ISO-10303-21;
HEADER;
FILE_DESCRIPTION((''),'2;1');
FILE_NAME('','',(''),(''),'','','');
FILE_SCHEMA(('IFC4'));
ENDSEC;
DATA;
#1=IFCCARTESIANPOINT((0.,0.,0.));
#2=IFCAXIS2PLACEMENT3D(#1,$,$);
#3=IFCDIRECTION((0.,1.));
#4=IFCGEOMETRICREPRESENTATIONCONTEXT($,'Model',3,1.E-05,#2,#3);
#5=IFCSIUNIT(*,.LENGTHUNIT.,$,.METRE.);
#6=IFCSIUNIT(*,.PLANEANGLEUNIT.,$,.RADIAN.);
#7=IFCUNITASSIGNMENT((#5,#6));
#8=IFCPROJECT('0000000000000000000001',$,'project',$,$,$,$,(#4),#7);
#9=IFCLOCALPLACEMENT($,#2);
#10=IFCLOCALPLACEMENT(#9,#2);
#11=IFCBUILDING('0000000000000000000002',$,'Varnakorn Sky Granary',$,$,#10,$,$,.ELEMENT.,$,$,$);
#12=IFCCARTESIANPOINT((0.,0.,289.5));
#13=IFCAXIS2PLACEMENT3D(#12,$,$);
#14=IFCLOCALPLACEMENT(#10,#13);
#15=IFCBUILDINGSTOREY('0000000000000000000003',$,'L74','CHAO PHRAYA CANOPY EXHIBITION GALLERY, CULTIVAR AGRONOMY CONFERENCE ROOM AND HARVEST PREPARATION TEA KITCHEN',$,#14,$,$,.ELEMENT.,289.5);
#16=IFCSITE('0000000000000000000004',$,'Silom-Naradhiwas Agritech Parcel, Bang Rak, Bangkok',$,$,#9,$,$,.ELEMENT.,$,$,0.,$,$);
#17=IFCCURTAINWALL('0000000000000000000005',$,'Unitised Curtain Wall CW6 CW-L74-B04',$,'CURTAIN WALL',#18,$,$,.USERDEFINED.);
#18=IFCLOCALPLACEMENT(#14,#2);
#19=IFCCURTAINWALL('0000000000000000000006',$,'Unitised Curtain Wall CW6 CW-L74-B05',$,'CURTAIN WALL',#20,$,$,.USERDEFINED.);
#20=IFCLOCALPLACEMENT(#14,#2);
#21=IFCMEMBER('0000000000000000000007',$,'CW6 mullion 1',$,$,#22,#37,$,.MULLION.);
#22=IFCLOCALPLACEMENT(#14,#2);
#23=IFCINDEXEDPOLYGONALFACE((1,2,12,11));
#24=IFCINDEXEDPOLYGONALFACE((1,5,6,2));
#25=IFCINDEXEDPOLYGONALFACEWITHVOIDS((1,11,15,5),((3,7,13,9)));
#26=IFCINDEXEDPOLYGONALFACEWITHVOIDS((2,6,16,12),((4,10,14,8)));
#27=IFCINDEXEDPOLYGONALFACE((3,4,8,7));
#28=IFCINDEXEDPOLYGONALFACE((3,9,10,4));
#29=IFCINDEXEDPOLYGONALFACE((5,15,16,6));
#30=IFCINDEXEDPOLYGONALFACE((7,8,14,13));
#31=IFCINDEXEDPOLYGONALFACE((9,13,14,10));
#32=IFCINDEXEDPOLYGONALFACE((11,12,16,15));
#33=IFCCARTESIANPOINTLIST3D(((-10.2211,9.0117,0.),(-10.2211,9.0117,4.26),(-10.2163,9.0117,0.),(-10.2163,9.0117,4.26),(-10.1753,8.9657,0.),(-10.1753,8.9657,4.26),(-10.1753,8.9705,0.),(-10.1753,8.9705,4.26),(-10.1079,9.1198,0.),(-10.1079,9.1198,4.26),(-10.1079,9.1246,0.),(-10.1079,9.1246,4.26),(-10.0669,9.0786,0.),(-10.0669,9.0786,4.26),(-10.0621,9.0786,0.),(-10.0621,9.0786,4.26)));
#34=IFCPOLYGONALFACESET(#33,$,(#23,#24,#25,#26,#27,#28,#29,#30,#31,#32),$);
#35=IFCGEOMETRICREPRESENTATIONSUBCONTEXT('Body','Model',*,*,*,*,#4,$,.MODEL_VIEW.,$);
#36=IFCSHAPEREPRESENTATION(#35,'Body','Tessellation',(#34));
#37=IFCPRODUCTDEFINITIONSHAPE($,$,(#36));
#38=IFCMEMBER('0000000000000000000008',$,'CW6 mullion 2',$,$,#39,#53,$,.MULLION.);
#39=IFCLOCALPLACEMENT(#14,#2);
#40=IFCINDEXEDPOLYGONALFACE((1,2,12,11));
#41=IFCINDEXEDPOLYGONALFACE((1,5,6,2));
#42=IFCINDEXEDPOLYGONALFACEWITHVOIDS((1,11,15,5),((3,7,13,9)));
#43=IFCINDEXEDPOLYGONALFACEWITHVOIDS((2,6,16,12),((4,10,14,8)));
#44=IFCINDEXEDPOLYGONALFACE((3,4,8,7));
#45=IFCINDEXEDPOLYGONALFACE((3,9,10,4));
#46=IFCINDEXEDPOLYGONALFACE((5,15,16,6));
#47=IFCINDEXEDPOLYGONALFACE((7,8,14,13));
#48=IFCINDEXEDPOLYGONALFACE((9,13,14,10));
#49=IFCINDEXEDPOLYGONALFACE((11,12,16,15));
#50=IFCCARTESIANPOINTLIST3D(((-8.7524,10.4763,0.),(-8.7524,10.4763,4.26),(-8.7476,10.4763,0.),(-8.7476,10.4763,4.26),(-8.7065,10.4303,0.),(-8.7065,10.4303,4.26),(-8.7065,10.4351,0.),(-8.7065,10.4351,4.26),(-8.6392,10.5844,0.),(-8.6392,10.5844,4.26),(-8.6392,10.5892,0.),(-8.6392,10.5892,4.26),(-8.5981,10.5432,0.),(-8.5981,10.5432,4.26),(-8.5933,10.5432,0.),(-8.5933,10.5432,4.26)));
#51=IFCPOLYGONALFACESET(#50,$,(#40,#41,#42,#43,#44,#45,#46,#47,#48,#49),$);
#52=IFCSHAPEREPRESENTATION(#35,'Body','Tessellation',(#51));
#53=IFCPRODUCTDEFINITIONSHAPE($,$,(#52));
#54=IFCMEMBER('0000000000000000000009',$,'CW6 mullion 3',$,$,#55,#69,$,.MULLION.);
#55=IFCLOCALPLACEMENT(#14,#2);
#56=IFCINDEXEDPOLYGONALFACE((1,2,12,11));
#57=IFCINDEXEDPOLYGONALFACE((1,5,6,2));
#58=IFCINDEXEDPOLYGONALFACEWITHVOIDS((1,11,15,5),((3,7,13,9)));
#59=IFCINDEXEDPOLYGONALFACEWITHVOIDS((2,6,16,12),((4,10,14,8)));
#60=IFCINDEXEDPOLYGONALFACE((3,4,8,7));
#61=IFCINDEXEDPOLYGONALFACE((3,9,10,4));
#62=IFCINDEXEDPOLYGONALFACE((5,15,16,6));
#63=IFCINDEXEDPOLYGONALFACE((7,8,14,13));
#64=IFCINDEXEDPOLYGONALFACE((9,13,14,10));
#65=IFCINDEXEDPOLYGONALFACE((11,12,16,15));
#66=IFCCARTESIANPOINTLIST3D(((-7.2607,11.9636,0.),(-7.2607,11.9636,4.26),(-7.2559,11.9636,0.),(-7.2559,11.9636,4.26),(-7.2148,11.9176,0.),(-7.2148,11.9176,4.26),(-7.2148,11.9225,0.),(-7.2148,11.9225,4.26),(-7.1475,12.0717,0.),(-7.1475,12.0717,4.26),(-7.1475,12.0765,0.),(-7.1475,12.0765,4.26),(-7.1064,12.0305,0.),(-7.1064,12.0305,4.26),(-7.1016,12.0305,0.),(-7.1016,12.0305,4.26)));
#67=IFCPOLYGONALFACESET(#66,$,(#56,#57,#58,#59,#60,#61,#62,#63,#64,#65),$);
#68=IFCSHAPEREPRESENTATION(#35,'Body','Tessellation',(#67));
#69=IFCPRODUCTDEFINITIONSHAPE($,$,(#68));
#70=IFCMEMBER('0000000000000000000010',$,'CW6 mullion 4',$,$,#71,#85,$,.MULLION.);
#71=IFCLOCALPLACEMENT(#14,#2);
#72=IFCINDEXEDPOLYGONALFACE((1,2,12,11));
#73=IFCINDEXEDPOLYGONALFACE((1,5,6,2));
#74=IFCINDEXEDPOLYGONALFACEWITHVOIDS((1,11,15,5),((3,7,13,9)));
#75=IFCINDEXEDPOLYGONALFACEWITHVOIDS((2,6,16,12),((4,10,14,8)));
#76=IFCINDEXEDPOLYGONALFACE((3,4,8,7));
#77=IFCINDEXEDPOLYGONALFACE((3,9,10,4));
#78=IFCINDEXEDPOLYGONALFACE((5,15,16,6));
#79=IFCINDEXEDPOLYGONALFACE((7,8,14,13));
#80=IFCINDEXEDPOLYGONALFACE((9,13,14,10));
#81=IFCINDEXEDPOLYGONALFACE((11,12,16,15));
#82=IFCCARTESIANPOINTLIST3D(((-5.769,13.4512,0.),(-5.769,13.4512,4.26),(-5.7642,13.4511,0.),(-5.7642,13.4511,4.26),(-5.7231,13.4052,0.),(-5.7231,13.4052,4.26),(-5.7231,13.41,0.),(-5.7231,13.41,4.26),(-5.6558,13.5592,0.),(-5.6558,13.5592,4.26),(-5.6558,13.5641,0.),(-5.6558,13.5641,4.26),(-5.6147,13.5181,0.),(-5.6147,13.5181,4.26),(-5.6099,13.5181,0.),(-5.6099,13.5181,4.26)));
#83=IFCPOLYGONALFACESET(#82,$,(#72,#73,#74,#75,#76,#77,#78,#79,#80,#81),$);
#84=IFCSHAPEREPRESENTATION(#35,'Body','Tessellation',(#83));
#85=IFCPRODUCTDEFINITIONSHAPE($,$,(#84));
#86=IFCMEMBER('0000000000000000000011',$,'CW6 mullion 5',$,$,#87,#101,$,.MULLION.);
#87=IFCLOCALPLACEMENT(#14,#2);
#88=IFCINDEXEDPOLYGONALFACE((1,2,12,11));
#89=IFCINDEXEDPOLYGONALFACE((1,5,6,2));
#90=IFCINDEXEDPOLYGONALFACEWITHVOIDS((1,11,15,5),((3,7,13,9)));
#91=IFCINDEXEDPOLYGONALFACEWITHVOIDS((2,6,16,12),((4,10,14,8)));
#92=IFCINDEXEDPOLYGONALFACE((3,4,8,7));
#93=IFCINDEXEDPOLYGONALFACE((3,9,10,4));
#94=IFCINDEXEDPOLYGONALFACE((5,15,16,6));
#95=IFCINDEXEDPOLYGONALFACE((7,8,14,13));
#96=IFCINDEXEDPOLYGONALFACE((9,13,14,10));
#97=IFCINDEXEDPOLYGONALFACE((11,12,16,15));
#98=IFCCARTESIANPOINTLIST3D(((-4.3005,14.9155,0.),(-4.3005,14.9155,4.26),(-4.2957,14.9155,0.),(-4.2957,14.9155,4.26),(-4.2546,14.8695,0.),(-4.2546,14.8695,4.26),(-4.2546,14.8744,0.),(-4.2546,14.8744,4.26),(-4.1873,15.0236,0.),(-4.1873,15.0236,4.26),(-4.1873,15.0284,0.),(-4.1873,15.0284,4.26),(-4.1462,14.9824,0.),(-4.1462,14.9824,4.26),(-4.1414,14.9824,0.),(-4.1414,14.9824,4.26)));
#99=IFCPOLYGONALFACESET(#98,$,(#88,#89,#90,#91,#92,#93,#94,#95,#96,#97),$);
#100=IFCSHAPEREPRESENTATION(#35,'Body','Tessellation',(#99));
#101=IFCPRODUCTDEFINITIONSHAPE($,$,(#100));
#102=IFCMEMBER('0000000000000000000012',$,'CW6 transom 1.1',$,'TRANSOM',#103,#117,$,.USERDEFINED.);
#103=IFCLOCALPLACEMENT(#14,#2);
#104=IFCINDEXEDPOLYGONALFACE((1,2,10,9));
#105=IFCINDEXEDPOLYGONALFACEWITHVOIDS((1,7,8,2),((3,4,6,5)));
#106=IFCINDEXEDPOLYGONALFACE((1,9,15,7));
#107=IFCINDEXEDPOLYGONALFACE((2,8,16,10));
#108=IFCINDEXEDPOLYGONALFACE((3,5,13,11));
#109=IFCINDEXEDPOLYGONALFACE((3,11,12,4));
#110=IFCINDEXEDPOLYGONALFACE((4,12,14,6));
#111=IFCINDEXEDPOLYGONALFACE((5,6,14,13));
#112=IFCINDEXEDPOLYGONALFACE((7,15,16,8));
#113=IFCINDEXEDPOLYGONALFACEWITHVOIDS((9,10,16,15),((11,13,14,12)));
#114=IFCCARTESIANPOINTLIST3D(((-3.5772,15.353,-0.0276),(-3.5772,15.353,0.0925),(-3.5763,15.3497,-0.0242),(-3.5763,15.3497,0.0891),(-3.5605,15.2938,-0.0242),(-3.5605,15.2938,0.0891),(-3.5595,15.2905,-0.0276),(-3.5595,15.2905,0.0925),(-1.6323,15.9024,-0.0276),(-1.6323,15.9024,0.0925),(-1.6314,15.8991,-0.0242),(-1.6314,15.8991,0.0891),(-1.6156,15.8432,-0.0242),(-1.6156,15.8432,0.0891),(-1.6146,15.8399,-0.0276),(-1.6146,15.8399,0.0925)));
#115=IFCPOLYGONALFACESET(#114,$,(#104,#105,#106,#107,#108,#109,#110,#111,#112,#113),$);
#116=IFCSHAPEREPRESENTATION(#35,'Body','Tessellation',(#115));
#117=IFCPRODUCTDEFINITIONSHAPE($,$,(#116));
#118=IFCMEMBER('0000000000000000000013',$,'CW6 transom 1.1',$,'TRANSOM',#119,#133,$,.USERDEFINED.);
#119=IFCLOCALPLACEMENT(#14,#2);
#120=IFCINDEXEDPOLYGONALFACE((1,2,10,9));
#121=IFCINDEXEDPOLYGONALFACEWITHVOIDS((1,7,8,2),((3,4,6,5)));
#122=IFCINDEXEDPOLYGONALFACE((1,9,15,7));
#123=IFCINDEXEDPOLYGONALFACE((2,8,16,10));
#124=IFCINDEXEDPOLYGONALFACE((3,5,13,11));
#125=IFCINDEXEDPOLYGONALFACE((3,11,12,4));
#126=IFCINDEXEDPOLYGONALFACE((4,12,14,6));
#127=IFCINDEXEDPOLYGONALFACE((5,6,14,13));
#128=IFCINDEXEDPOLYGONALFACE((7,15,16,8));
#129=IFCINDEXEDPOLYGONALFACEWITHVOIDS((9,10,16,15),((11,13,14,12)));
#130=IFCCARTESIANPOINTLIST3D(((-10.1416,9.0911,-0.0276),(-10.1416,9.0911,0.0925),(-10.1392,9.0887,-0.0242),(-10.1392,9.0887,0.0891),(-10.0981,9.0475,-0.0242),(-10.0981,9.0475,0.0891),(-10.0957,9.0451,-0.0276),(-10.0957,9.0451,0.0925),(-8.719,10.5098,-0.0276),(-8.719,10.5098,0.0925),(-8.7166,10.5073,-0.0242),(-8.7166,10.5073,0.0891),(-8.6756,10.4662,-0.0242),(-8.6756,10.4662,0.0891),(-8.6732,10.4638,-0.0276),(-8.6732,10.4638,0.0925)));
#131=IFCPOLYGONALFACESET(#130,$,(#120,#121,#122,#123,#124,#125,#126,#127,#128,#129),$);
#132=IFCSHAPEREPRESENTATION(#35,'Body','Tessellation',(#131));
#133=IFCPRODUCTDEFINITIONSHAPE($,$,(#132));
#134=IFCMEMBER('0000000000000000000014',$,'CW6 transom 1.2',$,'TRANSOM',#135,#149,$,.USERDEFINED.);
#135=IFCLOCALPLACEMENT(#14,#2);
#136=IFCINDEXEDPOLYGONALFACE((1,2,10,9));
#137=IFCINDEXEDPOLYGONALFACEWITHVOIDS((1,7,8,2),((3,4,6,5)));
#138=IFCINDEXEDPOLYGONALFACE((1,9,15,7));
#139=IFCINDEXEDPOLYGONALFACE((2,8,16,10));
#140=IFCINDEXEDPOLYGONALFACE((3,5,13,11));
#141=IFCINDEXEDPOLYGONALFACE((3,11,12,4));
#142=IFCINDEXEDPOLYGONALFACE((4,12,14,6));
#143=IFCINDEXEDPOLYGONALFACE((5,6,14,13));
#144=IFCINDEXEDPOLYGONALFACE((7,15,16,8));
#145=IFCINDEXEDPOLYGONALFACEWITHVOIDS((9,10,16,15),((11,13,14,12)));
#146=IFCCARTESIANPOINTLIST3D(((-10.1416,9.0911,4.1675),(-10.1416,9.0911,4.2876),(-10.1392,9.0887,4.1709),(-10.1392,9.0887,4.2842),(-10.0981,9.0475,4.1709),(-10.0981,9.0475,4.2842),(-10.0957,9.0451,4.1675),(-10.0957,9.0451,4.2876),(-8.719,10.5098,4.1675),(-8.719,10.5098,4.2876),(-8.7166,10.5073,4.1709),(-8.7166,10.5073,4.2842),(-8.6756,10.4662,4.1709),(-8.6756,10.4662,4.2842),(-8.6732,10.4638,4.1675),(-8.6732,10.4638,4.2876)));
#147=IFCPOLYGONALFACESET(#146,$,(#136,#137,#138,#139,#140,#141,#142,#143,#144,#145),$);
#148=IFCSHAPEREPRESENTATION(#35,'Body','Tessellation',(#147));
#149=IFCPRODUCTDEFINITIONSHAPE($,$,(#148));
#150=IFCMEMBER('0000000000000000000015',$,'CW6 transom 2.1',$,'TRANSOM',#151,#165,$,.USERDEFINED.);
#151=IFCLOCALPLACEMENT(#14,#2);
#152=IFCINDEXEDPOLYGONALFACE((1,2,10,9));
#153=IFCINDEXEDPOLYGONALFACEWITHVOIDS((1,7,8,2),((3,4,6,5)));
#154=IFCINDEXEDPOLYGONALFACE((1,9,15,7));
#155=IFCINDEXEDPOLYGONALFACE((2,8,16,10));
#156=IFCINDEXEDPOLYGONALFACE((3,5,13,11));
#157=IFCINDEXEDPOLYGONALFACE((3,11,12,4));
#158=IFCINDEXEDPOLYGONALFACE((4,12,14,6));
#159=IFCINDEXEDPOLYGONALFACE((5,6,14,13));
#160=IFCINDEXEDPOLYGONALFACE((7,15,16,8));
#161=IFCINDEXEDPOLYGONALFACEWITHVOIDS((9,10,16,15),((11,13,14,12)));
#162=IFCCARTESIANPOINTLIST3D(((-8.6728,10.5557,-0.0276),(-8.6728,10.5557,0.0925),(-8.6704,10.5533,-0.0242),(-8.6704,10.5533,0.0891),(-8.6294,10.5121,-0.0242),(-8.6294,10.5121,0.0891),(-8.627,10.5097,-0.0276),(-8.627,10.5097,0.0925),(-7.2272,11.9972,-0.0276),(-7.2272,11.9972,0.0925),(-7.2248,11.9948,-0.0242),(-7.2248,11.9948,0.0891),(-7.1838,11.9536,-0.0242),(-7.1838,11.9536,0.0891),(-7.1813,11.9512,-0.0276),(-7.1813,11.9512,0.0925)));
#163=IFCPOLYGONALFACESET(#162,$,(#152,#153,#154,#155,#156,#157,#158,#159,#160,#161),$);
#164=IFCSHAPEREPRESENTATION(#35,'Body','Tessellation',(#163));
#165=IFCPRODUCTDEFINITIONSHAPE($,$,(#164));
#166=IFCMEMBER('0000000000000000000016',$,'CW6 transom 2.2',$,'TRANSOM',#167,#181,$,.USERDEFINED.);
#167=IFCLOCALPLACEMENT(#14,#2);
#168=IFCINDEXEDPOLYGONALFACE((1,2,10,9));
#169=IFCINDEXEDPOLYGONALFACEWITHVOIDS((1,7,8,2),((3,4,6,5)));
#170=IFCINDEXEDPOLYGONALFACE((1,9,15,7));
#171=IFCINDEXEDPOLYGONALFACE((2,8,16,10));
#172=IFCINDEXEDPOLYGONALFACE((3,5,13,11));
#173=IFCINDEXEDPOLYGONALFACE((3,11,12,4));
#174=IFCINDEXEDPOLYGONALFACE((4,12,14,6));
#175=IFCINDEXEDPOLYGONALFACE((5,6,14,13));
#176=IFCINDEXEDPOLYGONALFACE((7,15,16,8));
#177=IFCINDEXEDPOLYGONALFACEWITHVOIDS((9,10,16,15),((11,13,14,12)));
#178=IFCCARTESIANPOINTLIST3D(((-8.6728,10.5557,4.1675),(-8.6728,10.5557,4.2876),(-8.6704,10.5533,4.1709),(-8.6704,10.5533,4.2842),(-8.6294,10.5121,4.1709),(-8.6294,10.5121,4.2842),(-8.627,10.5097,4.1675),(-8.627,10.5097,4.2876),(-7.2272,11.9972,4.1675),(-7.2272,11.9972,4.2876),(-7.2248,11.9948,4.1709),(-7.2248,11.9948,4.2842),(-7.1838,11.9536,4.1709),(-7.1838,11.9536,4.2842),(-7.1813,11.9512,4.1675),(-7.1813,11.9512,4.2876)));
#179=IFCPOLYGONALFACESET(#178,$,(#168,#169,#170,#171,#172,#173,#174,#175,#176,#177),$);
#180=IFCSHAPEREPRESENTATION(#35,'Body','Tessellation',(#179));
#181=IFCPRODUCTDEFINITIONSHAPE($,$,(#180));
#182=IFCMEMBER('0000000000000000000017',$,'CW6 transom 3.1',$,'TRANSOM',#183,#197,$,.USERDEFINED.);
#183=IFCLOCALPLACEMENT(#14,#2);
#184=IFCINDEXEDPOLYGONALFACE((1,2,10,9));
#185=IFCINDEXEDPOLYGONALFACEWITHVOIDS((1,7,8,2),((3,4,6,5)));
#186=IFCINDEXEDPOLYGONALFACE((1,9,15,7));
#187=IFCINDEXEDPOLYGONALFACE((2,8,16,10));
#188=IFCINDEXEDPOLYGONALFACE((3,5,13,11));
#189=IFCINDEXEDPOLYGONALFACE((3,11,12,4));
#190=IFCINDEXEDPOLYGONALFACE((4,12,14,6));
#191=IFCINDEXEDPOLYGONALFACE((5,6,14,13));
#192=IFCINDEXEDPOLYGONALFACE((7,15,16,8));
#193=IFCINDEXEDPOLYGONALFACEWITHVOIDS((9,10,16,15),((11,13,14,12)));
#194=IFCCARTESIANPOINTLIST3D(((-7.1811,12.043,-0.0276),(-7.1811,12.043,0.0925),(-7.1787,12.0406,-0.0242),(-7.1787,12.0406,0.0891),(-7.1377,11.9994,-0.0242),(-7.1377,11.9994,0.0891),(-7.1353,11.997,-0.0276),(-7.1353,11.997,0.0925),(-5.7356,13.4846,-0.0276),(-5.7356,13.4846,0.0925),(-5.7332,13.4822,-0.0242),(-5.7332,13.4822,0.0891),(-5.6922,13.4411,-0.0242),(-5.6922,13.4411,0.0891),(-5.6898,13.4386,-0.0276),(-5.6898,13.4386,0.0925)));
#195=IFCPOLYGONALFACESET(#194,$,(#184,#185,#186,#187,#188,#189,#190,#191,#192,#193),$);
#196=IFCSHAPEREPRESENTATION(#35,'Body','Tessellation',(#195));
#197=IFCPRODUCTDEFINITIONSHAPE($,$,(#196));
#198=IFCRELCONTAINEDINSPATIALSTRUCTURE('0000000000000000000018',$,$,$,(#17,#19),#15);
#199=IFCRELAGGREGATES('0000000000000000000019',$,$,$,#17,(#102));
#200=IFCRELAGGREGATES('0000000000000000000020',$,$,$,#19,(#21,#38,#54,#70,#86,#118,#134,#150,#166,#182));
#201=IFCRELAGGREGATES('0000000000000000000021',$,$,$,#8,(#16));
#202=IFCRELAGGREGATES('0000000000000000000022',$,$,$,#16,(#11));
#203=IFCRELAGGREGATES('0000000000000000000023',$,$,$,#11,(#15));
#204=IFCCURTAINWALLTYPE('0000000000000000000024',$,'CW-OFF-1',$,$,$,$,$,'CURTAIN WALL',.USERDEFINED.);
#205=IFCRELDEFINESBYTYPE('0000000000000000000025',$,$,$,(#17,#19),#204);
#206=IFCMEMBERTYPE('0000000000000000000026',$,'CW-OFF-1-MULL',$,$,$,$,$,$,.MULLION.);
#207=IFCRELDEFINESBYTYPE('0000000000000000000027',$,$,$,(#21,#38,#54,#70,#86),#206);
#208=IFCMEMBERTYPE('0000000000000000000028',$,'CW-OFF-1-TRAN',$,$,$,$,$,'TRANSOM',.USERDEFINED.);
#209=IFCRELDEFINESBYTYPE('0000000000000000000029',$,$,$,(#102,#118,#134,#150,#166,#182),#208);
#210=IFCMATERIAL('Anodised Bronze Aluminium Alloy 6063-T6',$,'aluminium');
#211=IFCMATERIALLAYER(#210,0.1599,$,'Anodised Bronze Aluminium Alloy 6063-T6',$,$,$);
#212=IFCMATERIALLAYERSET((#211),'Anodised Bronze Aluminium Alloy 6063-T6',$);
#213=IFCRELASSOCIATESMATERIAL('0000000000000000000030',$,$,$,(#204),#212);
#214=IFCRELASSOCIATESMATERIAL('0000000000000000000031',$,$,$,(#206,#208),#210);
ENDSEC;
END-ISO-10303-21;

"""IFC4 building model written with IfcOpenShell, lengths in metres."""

from ifc_helpers import new_model, si_unit, direction, frame, origin, origin_2d, place, context, subcontext, project, spatial, hollow_rectangle, extrude, material, layer, layer_set, material_profile, profile_set, type_object, element, aggregate, save


model = new_model("IFC4")

# Units and contexts
model_context = context("Model", 3, precision=1e-05, world=origin(), true_north=direction((0.0, 1.0)))
body_context = subcontext(model_context, "Body", "Model", "MODEL_VIEW")
ifc_project = project(units=[si_unit("LENGTHUNIT", "METRE"), si_unit("PLANEANGLEUNIT", "RADIAN")], contexts=[model_context])

# Site, building, storey
site_placement = place(None, origin())
site = spatial("IfcSite", under=ifc_project, at=site_placement, Name="Silom-Naradhiwas Agritech Parcel, Bang Rak, Bangkok", CompositionType="ELEMENT", RefElevation=0.0)
building_placement = place(site_placement, origin())
building = spatial("IfcBuilding", under=site, at=building_placement, Name="Varnakorn Sky Granary", CompositionType="ELEMENT")
storey_placement = place(building_placement, frame((0.0, 0.0, 289.5)))
storey = spatial("IfcBuildingStorey", under=building, at=storey_placement, Name="L74", Description="CHAO PHRAYA CANOPY EXHIBITION GALLERY, CULTIVAR AGRONOMY CONFERENCE ROOM AND HARVEST PREPARATION TEA KITCHEN", CompositionType="ELEMENT", Elevation=289.5)

# Curtain wall
ifc_material_1 = material(Name="Anodised Bronze Aluminium Alloy 6063-T6", Category="aluminium")
ifc_layer_1 = layer(ifc_material_1, 0.1599, Name="Anodised Bronze Aluminium Alloy 6063-T6")
ifc_layer_set_1 = layer_set([ifc_layer_1], Name="Anodised Bronze Aluminium Alloy 6063-T6")
curtain_wall_type = type_object("IfcCurtainWallType", Name="CW-OFF-1", ElementType="CURTAIN WALL", PredefinedType="USERDEFINED", material=ifc_layer_set_1)
curtain_wall_1_placement = place(storey_placement, origin())
curtain_wall_1 = element("IfcCurtainWall", 1, at=curtain_wall_1_placement, inside=storey, type_object=curtain_wall_type, Name="Unitised Curtain Wall CW6 CW-L74-B04", ObjectType="CURTAIN WALL", PredefinedType="USERDEFINED")
ifc_material_profile_1 = material_profile(ifc_material_1, hollow_rectangle(XDim=0.0649, YDim=0.1599, WallThickness=0.0034, at=origin_2d()), Name="ALU MULL 65x160")
ifc_profile_set_1 = profile_set([ifc_material_profile_1], Name="Anodised Bronze Aluminium Alloy 6063-T6")
member_type_1 = type_object("IfcMemberType", Name="CW-OFF-1-MULL", PredefinedType="MULLION", material=ifc_profile_set_1)

# Curtain wall, members
curtain_wall_2_placement = place(storey_placement, origin())
curtain_wall_2 = element("IfcCurtainWall", 2, at=curtain_wall_2_placement, inside=storey, type_object=curtain_wall_type, Name="Unitised Curtain Wall CW6 CW-L74-B05", ObjectType="CURTAIN WALL", PredefinedType="USERDEFINED")
member_1_placement = place(storey_placement, frame((-10.1416, 9.0452, 0.0), z_axis=(0.0, 0.0, 1.0), x_axis=(-0.706103, 0.708109, 0.0)))
member_1 = element("IfcMember", 3, at=member_1_placement, type_object=member_type_1, Name="CW6 mullion 1", PredefinedType="MULLION", context=body_context, shape_type="SweptSolid", body=[
    extrude(hollow_rectangle(XDim=0.0649, YDim=0.1599, WallThickness=0.0034, at=origin_2d()), origin(), (0.0, 0.0, 1.0), 4.26),
])
member_2_placement = place(storey_placement, frame((-8.6729, 10.5098, 0.0), z_axis=(0.0, 0.0, 1.0), x_axis=(-0.706103, 0.708109, 0.0)))
member_2 = element("IfcMember", 4, at=member_2_placement, type_object=member_type_1, Name="CW6 mullion 2", PredefinedType="MULLION", context=body_context, shape_type="SweptSolid", body=[
    extrude(hollow_rectangle(XDim=0.0649, YDim=0.1599, WallThickness=0.0034, at=origin_2d()), origin(), (0.0, 0.0, 1.0), 4.26),
])
member_3_placement = place(storey_placement, frame((-7.1812, 11.9971, 0.0), z_axis=(0.0, 0.0, 1.0), x_axis=(-0.706103, 0.708109, 0.0)))
member_3 = element("IfcMember", 5, at=member_3_placement, type_object=member_type_1, Name="CW6 mullion 3", PredefinedType="MULLION", context=body_context, shape_type="SweptSolid", body=[
    extrude(hollow_rectangle(XDim=0.0649, YDim=0.1599, WallThickness=0.0034, at=origin_2d()), origin(), (0.0, 0.0, 1.0), 4.26),
])
member_4_placement = place(storey_placement, frame((-5.6895, 13.4846, 0.0), z_axis=(0.0, 0.0, 1.0), x_axis=(-0.706103, 0.708109, 0.0)))
member_4 = element("IfcMember", 6, at=member_4_placement, type_object=member_type_1, Name="CW6 mullion 4", PredefinedType="MULLION", context=body_context, shape_type="SweptSolid", body=[
    extrude(hollow_rectangle(XDim=0.0649, YDim=0.1599, WallThickness=0.0034, at=origin_2d()), origin(), (0.0, 0.0, 1.0), 4.26),
])
member_5_placement = place(storey_placement, frame((-4.2209, 14.949, 0.0), z_axis=(0.0, 0.0, 1.0), x_axis=(-0.706103, 0.708109, 0.0)))
member_5 = element("IfcMember", 7, at=member_5_placement, type_object=member_type_1, Name="CW6 mullion 5", PredefinedType="MULLION", context=body_context, shape_type="SweptSolid", body=[
    extrude(hollow_rectangle(XDim=0.0649, YDim=0.1599, WallThickness=0.0034, at=origin_2d()), origin(), (0.0, 0.0, 1.0), 4.26),
])

# Members
ifc_material_profile_2 = material_profile(ifc_material_1, hollow_rectangle(XDim=0.0649, YDim=0.1201, WallThickness=0.0034, at=origin_2d()), Name="ALU TRAN 65x120")
ifc_profile_set_2 = profile_set([ifc_material_profile_2], Name="Anodised Bronze Aluminium Alloy 6063-T6")
member_type_2 = type_object("IfcMemberType", Name="CW-OFF-1-TRAN", ElementType="TRANSOM", PredefinedType="USERDEFINED", material=ifc_profile_set_2)
member_6_placement = place(storey_placement, frame((-3.5684, 15.3218, 0.0325), z_axis=(0.962349, 0.271816, 0.0), x_axis=(-0.271816, 0.962349, 0.0)))
member_6 = element("IfcMember", 8, at=member_6_placement, type_object=member_type_2, Name="CW6 transom 1.1", ObjectType="TRANSOM", PredefinedType="USERDEFINED", context=body_context, shape_type="SweptSolid", body=[
    extrude(hollow_rectangle(XDim=0.0649, YDim=0.1201, WallThickness=0.0034, at=origin_2d()), origin(), (0.0, 0.0, 1.0), 2.021),
])
aggregate(curtain_wall_1, [member_6])
member_7_placement = place(storey_placement, frame((-10.1187, 9.0681, 0.0325), z_axis=(0.708078, 0.706134, 0.0), x_axis=(-0.706134, 0.708078, 0.0)))
member_7 = element("IfcMember", 9, at=member_7_placement, type_object=member_type_2, Name="CW6 transom 1.1", ObjectType="TRANSOM", PredefinedType="USERDEFINED", context=body_context, shape_type="SweptSolid", body=[
    extrude(hollow_rectangle(XDim=0.0649, YDim=0.1201, WallThickness=0.0034, at=origin_2d()), origin(), (0.0, 0.0, 1.0), 2.009),
])
member_8_placement = place(storey_placement, frame((-10.1187, 9.0681, 4.2275), z_axis=(0.708078, 0.706134, 0.0), x_axis=(-0.706134, 0.708078, 0.0)))
member_8 = element("IfcMember", 10, at=member_8_placement, type_object=member_type_2, Name="CW6 transom 1.2", ObjectType="TRANSOM", PredefinedType="USERDEFINED", context=body_context, shape_type="SweptSolid", body=[
    extrude(hollow_rectangle(XDim=0.0649, YDim=0.1201, WallThickness=0.0034, at=origin_2d()), origin(), (0.0, 0.0, 1.0), 2.009),
])
member_9_placement = place(storey_placement, frame((-8.6499, 10.5327, 0.0325), z_axis=(0.708123, 0.706089, 0.0), x_axis=(-0.706089, 0.708123, 0.0)))
member_9 = element("IfcMember", 11, at=member_9_placement, type_object=member_type_2, Name="CW6 transom 2.1", ObjectType="TRANSOM", PredefinedType="USERDEFINED", context=body_context, shape_type="SweptSolid", body=[
    extrude(hollow_rectangle(XDim=0.0649, YDim=0.1201, WallThickness=0.0034, at=origin_2d()), origin(), (0.0, 0.0, 1.0), 2.0415),
])
member_10_placement = place(storey_placement, frame((-8.6499, 10.5327, 4.2275), z_axis=(0.708123, 0.706089, 0.0), x_axis=(-0.706089, 0.708123, 0.0)))
member_10 = element("IfcMember", 12, at=member_10_placement, type_object=member_type_2, Name="CW6 transom 2.2", ObjectType="TRANSOM", PredefinedType="USERDEFINED", context=body_context, shape_type="SweptSolid", body=[
    extrude(hollow_rectangle(XDim=0.0649, YDim=0.1201, WallThickness=0.0034, at=origin_2d()), origin(), (0.0, 0.0, 1.0), 2.0415),
])
member_11_placement = place(storey_placement, frame((-7.1582, 12.02, 0.0325), z_axis=(0.708063, 0.706149, 0.0), x_axis=(-0.706149, 0.708063, 0.0)))
member_11 = element("IfcMember", 13, at=member_11_placement, type_object=member_type_2, Name="CW6 transom 3.1", ObjectType="TRANSOM", PredefinedType="USERDEFINED", context=body_context, shape_type="SweptSolid", body=[
    extrude(hollow_rectangle(XDim=0.0649, YDim=0.1201, WallThickness=0.0034, at=origin_2d()), origin(), (0.0, 0.0, 1.0), 2.0415),
])

aggregate(curtain_wall_2, [member_1, member_2, member_3, member_4, member_5, member_7, member_8, member_9, member_10, member_11])

save(model, "model.ifc")
